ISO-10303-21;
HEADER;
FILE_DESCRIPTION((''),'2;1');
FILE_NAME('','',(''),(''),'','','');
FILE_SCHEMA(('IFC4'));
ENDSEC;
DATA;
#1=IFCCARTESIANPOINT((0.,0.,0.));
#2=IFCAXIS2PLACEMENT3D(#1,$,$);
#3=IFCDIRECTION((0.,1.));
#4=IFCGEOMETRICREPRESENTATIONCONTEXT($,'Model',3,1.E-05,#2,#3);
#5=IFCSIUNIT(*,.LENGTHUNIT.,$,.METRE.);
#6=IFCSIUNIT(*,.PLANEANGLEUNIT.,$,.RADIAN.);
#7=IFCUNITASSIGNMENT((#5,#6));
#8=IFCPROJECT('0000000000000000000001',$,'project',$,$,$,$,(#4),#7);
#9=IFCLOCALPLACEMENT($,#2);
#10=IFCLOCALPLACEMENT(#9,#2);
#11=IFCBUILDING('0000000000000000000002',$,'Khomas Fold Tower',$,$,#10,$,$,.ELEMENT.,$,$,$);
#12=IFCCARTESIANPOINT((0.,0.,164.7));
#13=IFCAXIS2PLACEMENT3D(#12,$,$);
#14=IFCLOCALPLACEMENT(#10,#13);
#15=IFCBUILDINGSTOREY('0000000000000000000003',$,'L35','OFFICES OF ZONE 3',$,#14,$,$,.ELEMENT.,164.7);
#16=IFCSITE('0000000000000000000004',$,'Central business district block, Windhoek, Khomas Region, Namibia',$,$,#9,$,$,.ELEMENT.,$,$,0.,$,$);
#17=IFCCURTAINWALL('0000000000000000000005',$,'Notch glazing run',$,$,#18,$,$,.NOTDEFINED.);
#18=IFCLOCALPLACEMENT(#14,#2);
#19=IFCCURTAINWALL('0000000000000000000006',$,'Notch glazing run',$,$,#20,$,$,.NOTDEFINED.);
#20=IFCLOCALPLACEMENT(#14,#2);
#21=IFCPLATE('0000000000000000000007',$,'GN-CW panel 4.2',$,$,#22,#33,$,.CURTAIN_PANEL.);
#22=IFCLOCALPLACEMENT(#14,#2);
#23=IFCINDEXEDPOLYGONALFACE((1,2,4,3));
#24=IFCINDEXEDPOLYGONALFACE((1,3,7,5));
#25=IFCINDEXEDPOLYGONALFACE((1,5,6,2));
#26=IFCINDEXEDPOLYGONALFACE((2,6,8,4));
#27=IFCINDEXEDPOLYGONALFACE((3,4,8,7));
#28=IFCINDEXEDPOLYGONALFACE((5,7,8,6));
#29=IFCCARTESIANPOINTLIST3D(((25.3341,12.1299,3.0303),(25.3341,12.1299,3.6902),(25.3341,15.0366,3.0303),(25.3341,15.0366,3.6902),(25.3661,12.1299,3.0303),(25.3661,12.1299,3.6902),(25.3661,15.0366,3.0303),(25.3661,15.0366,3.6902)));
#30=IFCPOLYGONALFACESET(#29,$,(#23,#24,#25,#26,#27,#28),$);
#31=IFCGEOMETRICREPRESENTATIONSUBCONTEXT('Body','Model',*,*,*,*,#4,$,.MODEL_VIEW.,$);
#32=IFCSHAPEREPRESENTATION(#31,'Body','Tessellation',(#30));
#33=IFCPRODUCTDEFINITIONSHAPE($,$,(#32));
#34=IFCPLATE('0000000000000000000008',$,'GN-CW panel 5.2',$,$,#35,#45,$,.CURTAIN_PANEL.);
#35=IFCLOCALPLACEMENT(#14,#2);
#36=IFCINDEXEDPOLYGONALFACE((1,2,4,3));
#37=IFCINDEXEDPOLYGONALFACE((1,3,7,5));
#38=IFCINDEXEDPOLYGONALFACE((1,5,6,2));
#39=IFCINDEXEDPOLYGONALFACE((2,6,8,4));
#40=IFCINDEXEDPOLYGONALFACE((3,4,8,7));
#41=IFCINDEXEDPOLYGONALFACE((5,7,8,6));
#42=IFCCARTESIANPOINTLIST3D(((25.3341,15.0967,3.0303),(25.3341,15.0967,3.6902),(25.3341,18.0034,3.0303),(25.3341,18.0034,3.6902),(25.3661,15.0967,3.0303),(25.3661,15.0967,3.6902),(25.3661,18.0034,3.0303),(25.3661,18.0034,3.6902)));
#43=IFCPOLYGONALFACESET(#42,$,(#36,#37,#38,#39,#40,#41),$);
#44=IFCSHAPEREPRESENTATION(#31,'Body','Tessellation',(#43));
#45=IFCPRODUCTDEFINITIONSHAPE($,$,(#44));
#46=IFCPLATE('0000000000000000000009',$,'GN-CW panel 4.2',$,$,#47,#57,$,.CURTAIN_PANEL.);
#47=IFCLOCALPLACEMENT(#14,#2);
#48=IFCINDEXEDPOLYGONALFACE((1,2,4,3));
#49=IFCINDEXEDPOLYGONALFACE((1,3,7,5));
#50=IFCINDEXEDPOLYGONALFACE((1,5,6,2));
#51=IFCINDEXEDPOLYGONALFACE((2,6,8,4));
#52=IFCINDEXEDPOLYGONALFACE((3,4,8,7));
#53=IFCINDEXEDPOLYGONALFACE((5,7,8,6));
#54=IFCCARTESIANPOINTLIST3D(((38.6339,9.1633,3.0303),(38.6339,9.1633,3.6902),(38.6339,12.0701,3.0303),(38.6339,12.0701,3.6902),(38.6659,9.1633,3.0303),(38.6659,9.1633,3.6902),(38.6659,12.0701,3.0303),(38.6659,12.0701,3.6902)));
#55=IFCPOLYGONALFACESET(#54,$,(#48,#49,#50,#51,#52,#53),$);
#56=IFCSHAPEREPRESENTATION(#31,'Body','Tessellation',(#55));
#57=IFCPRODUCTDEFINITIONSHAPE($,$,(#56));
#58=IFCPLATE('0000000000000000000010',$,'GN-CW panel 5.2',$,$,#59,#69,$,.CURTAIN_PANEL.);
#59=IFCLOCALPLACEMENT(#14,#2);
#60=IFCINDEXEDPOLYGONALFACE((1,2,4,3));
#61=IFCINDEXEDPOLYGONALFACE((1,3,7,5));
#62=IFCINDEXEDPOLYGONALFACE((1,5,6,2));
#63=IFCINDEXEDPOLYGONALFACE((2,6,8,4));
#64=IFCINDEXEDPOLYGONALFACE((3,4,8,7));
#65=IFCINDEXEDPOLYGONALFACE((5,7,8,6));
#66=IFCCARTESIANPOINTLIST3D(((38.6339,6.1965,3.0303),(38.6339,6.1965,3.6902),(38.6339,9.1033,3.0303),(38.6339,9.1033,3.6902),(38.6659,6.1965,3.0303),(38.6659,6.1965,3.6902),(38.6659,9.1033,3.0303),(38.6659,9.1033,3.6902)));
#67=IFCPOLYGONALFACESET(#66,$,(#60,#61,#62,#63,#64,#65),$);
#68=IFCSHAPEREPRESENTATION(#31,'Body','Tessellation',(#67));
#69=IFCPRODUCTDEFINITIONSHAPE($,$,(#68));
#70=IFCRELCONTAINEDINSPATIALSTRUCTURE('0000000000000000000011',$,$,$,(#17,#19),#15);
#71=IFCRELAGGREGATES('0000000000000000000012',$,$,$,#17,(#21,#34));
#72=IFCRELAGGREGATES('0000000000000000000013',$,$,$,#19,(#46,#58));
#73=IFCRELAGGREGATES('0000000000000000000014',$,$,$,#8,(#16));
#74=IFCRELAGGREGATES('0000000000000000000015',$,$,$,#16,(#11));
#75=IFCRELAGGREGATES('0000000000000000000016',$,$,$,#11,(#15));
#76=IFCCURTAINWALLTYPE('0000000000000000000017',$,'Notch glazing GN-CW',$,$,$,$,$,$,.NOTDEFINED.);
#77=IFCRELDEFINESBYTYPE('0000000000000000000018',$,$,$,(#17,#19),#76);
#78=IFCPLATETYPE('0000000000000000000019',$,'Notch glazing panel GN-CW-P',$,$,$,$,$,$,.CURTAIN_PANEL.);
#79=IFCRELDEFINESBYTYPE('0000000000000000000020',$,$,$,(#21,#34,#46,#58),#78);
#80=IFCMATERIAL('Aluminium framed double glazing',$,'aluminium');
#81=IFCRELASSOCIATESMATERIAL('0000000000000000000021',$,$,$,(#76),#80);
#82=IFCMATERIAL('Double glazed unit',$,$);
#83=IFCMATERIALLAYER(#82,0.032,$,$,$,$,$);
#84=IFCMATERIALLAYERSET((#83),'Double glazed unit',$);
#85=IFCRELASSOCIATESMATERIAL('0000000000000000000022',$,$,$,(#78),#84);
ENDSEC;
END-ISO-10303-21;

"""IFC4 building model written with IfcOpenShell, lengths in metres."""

from ifc_helpers import new_model, si_unit, direction, frame, origin, origin_2d, place, context, subcontext, project, spatial, rectangle, extrude, source, transform, mapped, material, layer, layer_set, type_object, element, aggregate, save


model = new_model("IFC4")

# Units and contexts
model_context = context("Model", 3, precision=1e-05, world=origin(), true_north=direction((0.0, 1.0)))
body_context = subcontext(model_context, "Body", "Model", "MODEL_VIEW")
ifc_project = project(units=[si_unit("LENGTHUNIT", "METRE"), si_unit("PLANEANGLEUNIT", "RADIAN")], contexts=[model_context])

# Site, building, storey
site_placement = place(None, origin())
site = spatial("IfcSite", under=ifc_project, at=site_placement, Name="Central business district block, Windhoek, Khomas Region, Namibia", CompositionType="ELEMENT", RefElevation=0.0)
building_placement = place(site_placement, origin())
building = spatial("IfcBuilding", under=site, at=building_placement, Name="Khomas Fold Tower", CompositionType="ELEMENT")
storey_placement = place(building_placement, frame((0.0, 0.0, 164.7)))
storey = spatial("IfcBuildingStorey", under=building, at=storey_placement, Name="L35", Description="OFFICES OF ZONE 3", CompositionType="ELEMENT", Elevation=164.7)

# Curtain walls
ifc_material_1 = material(Name="Aluminium framed double glazing", Category="aluminium")
curtain_wall_type_1 = type_object("IfcCurtainWallType", Name="Notch glazing GN-CW", PredefinedType="NOTDEFINED", material=ifc_material_1)
curtain_wall_1_placement = place(storey_placement, origin())
curtain_wall_1 = element("IfcCurtainWall", 1, at=curtain_wall_1_placement, inside=storey, type_object=curtain_wall_type_1, Name="Notch glazing run", PredefinedType="NOTDEFINED")
curtain_wall_2_placement = place(storey_placement, origin())
curtain_wall_2 = element("IfcCurtainWall", 2, at=curtain_wall_2_placement, inside=storey, type_object=curtain_wall_type_1, Name="Notch glazing run", PredefinedType="NOTDEFINED")

# Plates
ifc_material_2 = material(Name="Double glazed unit")
ifc_layer = layer(ifc_material_2, 0.032)
ifc_layer_set = layer_set([ifc_layer], Name="Double glazed unit")
plate_type = type_object("IfcPlateType", Name="Notch glazing panel GN-CW-P", PredefinedType="CURTAIN_PANEL", material=ifc_layer_set)
shared_shape_1 = source(origin(), body_context, "Body", "SweptSolid", [
    extrude(rectangle(XDim=2.9067, YDim=0.032, at=origin_2d()), origin(), (0.0, 0.0, 1.0), 0.6599),
])
plate_1_placement = place(storey_placement, frame((25.3501, 13.5833, 3.0303), z_axis=(0.0, 0.0, 1.0), x_axis=(0.0, 1.0, 0.0)))
plate_1 = element("IfcPlate", 3, at=plate_1_placement, type_object=plate_type, Name="GN-CW panel 4.2", PredefinedType="CURTAIN_PANEL", context=body_context, shape_type="MappedRepresentation", body=[
    mapped(shared_shape_1, transform((0.0, 0.0, 0.0))),
])
plate_2_placement = place(storey_placement, frame((25.3501, 16.55, 3.0303), z_axis=(0.0, 0.0, 1.0), x_axis=(0.0, 1.0, 0.0)))
plate_2 = element("IfcPlate", 4, at=plate_2_placement, type_object=plate_type, Name="GN-CW panel 5.2", PredefinedType="CURTAIN_PANEL", context=body_context, shape_type="MappedRepresentation", body=[
    mapped(shared_shape_1, transform((0.0, 0.0, 0.0))),
])
aggregate(curtain_wall_1, [plate_1, plate_2])
plate_3_placement = place(storey_placement, frame((38.6499, 10.6167, 3.0303), z_axis=(0.0, 0.0, 1.0), x_axis=(0.0, -1.0, 0.0)))
plate_3 = element("IfcPlate", 5, at=plate_3_placement, type_object=plate_type, Name="GN-CW panel 4.2", PredefinedType="CURTAIN_PANEL", context=body_context, shape_type="MappedRepresentation", body=[
    mapped(shared_shape_1, transform((0.0, 0.0, 0.0))),
])
plate_4_placement = place(storey_placement, frame((38.6499, 7.6499, 3.0303), z_axis=(0.0, 0.0, 1.0), x_axis=(0.0, -1.0, 0.0)))
plate_4 = element("IfcPlate", 6, at=plate_4_placement, type_object=plate_type, Name="GN-CW panel 5.2", PredefinedType="CURTAIN_PANEL", context=body_context, shape_type="MappedRepresentation", body=[
    mapped(shared_shape_1, transform((0.0, 0.0, 0.0))),
])
aggregate(curtain_wall_2, [plate_3, plate_4])

save(model, "model.ifc")
